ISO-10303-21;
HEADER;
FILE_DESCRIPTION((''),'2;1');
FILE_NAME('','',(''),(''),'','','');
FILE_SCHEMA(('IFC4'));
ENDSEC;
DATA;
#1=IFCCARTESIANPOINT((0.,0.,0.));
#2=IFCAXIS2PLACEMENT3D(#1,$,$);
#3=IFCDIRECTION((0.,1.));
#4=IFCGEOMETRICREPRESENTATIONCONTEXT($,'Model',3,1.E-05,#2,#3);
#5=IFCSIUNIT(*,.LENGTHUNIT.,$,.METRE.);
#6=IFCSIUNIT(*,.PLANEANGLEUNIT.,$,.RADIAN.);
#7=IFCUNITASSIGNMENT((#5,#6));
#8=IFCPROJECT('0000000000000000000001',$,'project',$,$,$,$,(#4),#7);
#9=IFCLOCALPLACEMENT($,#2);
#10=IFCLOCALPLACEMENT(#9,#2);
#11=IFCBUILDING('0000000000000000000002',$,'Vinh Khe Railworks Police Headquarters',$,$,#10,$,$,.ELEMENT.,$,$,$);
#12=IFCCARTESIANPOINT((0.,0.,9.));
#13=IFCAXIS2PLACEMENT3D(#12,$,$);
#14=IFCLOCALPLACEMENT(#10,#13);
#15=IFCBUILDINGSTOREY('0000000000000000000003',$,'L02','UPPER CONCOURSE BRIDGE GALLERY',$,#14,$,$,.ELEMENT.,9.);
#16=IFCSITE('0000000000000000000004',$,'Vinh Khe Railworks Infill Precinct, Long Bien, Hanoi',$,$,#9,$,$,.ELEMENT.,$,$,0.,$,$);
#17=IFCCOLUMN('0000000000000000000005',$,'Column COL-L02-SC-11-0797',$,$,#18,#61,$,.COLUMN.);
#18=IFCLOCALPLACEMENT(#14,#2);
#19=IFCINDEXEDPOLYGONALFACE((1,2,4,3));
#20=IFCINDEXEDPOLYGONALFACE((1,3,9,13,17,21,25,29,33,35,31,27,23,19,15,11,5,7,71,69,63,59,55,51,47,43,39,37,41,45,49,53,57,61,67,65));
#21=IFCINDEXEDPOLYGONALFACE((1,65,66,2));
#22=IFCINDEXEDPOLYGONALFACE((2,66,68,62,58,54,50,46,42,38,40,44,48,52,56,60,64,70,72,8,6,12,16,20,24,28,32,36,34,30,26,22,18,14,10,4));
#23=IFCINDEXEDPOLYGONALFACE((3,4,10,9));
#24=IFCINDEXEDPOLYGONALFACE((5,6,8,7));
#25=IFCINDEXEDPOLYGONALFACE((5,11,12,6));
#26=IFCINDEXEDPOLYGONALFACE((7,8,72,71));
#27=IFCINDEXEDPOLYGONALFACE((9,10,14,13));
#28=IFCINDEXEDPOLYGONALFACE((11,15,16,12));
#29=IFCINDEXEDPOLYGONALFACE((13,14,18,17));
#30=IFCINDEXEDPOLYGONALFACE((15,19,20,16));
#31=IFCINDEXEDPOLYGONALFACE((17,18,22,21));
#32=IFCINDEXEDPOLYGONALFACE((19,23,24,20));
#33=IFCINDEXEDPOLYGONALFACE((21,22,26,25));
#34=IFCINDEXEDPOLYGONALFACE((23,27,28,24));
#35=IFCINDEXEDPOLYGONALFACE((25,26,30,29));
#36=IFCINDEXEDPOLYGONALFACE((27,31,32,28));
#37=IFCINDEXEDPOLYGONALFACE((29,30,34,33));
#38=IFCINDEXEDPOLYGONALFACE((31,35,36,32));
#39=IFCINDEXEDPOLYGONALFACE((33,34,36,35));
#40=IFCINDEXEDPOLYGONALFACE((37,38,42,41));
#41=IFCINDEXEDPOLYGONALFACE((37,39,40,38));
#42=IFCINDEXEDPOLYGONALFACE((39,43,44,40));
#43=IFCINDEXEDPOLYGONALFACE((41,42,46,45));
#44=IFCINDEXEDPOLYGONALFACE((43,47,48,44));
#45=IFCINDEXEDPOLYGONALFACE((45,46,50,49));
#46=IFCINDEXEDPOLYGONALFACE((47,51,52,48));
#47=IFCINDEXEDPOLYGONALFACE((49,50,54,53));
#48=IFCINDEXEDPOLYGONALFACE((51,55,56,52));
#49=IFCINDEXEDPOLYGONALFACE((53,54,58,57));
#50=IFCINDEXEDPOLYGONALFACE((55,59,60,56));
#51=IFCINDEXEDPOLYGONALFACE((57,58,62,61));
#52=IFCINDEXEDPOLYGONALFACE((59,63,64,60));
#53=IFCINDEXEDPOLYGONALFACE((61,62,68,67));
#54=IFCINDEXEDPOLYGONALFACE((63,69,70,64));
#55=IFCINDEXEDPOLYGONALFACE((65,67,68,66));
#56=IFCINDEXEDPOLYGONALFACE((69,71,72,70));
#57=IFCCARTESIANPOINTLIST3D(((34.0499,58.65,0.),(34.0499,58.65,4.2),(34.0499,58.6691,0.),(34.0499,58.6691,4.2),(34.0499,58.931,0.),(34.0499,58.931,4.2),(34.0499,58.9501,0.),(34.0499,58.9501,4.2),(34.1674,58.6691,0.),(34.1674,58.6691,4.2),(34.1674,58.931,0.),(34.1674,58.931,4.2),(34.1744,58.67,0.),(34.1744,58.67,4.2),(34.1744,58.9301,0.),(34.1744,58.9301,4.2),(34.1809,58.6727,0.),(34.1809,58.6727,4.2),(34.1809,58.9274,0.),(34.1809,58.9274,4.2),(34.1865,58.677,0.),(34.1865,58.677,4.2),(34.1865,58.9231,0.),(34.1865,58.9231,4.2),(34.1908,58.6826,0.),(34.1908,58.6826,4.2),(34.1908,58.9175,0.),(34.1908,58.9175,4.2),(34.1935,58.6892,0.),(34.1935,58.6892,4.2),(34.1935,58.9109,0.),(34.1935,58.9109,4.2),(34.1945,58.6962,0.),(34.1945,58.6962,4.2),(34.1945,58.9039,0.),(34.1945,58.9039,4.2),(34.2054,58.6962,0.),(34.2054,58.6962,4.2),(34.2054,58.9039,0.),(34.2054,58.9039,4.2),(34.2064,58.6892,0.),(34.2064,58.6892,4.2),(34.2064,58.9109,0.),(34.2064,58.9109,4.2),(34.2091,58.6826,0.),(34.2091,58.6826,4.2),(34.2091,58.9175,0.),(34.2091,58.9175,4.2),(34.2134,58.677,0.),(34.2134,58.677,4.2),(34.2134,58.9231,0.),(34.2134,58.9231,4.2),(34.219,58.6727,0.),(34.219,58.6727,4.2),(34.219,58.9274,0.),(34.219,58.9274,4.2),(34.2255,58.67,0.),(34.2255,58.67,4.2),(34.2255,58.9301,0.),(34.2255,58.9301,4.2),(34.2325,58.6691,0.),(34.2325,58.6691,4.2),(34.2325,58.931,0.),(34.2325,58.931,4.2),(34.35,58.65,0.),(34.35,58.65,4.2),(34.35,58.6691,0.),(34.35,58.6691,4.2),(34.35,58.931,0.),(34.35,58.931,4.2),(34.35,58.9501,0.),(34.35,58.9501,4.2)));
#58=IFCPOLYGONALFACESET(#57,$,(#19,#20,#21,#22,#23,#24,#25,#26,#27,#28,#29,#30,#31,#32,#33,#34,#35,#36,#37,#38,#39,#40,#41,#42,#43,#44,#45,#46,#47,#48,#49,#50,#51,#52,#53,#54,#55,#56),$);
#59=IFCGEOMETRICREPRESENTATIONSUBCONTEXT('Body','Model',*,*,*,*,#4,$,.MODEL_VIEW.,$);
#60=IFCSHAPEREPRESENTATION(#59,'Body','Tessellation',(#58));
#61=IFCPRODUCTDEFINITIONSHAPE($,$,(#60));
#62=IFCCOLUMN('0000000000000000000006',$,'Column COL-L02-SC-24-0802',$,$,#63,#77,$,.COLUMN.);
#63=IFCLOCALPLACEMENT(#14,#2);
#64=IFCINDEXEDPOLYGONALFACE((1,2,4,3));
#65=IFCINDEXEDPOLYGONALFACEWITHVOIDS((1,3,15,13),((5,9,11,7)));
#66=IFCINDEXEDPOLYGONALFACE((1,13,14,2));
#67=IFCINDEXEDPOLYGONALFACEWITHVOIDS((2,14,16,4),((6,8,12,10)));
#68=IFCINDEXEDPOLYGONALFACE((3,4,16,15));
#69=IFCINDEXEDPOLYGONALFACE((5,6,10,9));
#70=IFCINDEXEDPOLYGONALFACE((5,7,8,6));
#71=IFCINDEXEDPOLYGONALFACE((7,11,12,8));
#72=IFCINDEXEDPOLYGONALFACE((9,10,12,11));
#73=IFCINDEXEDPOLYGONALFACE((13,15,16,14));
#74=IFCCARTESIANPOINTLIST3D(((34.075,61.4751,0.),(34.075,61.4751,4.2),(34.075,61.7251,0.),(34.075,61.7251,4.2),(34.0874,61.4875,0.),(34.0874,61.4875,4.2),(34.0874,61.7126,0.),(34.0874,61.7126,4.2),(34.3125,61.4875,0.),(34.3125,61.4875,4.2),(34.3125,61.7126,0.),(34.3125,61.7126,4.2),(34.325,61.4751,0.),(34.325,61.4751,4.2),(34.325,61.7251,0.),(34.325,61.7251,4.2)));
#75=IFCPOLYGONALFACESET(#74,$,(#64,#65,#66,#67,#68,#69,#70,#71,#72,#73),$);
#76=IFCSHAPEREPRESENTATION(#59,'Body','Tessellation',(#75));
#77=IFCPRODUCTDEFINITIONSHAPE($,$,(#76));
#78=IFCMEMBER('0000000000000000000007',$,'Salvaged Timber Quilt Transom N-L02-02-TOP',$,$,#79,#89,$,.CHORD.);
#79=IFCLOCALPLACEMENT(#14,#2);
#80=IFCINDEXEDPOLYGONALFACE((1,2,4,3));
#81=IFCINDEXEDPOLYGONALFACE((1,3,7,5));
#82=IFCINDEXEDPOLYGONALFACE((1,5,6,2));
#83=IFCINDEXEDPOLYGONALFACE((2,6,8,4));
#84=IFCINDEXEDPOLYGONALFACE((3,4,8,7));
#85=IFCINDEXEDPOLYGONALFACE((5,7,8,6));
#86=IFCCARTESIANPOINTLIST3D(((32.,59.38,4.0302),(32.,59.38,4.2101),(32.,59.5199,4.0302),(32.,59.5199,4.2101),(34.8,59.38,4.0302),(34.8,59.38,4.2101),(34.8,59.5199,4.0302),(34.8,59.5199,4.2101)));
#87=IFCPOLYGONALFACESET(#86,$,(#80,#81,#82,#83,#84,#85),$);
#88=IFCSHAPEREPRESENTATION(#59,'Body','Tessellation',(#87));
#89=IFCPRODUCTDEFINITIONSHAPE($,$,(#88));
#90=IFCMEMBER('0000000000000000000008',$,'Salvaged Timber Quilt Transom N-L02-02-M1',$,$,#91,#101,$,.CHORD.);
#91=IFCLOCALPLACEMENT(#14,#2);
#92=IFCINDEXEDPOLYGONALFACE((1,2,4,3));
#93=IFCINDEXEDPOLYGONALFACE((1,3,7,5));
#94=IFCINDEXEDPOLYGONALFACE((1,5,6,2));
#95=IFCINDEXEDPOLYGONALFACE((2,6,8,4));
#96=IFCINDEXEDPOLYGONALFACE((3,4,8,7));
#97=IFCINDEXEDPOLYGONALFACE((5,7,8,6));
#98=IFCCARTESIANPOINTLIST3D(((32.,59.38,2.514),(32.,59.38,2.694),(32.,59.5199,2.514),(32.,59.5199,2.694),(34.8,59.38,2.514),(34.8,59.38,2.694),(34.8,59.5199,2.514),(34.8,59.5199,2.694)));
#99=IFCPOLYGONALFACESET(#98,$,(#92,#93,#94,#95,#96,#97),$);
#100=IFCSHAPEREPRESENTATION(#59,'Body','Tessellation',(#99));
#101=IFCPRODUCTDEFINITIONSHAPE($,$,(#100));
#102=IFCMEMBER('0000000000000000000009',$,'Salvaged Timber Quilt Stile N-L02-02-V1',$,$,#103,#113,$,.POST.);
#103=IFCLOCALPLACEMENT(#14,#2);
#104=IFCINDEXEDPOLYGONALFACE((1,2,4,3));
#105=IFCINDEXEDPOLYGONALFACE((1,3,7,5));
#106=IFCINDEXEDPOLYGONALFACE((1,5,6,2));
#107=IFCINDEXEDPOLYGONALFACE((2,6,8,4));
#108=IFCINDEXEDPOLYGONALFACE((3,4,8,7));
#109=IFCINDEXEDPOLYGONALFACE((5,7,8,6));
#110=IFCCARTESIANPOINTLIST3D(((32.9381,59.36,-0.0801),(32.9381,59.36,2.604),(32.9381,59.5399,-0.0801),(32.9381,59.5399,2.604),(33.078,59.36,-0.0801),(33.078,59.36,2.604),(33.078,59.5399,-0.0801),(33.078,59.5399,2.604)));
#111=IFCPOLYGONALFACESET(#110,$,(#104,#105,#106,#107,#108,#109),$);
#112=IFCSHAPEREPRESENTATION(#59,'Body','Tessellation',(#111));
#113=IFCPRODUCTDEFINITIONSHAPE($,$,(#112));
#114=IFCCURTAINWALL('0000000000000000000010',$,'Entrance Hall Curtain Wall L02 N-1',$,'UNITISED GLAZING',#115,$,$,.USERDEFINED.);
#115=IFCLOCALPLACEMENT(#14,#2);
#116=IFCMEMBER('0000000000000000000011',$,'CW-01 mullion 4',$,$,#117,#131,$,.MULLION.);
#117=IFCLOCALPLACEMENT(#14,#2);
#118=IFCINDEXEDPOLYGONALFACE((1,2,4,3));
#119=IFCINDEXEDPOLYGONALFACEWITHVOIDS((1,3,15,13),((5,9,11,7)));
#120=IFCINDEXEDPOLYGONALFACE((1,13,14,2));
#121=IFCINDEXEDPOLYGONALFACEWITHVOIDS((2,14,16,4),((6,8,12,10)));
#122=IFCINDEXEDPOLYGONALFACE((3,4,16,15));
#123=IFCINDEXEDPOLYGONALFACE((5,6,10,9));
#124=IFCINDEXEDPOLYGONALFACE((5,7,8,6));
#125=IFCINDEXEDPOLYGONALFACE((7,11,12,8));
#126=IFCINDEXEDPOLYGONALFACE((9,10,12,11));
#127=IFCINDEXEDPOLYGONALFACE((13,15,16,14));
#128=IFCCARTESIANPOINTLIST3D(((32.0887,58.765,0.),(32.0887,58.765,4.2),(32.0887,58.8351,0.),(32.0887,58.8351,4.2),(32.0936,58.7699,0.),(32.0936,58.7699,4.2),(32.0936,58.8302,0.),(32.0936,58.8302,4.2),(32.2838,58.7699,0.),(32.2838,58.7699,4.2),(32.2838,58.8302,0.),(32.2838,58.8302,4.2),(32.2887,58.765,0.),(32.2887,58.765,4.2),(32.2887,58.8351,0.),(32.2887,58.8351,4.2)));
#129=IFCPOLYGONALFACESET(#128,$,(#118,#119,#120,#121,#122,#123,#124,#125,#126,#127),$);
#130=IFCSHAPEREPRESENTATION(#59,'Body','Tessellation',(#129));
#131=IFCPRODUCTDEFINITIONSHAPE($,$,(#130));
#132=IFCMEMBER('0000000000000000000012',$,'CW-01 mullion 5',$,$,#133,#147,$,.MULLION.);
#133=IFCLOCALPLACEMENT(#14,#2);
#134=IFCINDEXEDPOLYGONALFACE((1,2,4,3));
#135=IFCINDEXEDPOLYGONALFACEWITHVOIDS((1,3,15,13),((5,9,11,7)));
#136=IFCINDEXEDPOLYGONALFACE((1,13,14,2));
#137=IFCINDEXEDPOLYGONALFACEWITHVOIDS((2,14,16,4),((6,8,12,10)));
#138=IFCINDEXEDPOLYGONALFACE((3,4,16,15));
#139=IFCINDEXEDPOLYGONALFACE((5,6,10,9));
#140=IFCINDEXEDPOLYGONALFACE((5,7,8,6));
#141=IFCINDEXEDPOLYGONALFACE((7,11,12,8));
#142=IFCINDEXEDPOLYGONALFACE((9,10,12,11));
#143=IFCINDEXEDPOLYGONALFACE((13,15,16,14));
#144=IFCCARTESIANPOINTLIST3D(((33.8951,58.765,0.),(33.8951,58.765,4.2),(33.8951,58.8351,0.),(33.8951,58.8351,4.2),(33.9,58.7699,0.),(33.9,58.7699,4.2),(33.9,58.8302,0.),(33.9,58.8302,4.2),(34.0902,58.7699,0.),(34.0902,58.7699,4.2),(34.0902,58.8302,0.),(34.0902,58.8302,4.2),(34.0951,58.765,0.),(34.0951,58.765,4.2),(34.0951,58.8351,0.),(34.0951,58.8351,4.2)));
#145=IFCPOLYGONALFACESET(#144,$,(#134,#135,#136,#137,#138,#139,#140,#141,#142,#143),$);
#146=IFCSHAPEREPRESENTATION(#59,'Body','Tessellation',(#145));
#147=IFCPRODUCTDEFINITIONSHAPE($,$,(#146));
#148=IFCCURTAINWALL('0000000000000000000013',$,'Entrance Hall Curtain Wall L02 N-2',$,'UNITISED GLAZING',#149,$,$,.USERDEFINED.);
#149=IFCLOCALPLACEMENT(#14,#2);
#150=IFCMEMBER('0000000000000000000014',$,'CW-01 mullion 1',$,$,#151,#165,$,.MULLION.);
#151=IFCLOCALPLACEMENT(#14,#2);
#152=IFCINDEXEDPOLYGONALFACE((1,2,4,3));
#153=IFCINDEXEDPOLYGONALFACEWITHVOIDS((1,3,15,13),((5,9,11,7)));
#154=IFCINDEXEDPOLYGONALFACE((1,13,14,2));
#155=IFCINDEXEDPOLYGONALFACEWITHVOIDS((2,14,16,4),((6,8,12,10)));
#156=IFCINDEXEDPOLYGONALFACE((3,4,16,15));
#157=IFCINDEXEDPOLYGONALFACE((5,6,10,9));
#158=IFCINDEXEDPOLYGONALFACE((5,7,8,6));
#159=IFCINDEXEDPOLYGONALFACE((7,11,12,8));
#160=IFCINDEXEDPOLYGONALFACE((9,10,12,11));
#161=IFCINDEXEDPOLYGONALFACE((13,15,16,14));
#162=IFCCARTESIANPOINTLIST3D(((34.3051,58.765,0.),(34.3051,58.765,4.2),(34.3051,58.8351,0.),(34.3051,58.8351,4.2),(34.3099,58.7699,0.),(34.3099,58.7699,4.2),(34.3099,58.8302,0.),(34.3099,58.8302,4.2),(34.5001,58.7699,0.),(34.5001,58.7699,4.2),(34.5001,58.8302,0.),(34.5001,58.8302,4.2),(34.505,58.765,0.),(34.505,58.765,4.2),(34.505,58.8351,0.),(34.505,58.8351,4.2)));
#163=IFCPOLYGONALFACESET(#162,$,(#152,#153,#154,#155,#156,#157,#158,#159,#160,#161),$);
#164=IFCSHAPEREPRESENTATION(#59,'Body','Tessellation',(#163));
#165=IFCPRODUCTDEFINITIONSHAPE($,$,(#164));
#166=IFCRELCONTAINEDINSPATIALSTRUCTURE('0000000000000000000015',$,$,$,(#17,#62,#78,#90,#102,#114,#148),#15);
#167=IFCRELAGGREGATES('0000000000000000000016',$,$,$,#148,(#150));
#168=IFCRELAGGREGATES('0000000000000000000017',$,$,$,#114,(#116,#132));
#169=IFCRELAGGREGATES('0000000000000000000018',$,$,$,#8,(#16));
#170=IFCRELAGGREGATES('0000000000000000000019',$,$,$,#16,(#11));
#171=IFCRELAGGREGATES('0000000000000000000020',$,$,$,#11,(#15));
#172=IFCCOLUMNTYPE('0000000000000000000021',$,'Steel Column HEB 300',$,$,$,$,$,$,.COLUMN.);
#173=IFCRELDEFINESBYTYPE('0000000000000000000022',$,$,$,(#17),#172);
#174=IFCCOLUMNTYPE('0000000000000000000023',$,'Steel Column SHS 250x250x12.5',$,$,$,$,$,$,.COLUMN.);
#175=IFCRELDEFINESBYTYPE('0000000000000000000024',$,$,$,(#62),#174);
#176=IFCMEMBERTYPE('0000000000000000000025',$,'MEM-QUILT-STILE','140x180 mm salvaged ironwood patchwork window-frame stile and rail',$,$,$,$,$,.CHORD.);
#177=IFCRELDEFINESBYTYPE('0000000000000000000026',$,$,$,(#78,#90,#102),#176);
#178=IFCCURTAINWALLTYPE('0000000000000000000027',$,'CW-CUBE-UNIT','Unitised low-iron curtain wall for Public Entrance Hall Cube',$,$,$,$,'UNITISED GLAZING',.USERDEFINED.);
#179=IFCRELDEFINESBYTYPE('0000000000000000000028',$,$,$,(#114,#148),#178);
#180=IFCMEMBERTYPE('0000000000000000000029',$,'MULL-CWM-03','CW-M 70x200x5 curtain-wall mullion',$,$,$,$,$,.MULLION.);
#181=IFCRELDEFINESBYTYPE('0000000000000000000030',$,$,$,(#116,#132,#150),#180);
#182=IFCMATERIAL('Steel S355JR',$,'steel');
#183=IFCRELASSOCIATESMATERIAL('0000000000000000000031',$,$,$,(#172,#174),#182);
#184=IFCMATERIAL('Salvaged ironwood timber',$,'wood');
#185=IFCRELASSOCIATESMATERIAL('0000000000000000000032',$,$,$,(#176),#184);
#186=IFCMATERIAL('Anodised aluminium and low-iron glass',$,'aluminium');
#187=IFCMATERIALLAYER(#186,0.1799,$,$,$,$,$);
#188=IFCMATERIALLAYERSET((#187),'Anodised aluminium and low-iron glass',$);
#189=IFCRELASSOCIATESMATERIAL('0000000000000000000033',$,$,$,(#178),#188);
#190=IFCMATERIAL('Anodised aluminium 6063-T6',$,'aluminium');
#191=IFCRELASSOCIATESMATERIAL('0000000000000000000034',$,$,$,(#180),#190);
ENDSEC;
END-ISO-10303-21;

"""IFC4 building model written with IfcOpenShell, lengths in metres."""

from ifc_helpers import new_model, si_unit, direction, frame, origin, origin_2d, place, context, subcontext, project, spatial, rectangle, hollow_rectangle, i_section, extrude, material, layer, layer_set, material_profile, profile_set, type_object, element, aggregate, save


model = new_model("IFC4")

# Units and contexts
model_context = context("Model", 3, precision=1e-05, world=origin(), true_north=direction((0.0, 1.0)))
body_context = subcontext(model_context, "Body", "Model", "MODEL_VIEW")
ifc_project = project(units=[si_unit("LENGTHUNIT", "METRE"), si_unit("PLANEANGLEUNIT", "RADIAN")], contexts=[model_context])

# Site, building, storey
site_placement = place(None, origin())
site = spatial("IfcSite", under=ifc_project, at=site_placement, Name="Vinh Khe Railworks Infill Precinct, Long Bien, Hanoi", CompositionType="ELEMENT", RefElevation=0.0)
building_placement = place(site_placement, origin())
building = spatial("IfcBuilding", under=site, at=building_placement, Name="Vinh Khe Railworks Police Headquarters", CompositionType="ELEMENT")
storey_placement = place(building_placement, frame((0.0, 0.0, 9.0)))
storey = spatial("IfcBuildingStorey", under=building, at=storey_placement, Name="L02", Description="UPPER CONCOURSE BRIDGE GALLERY", CompositionType="ELEMENT", Elevation=9.0)

# Columns
ifc_material_1 = material(Name="Steel S355JR", Category="steel")
ifc_material_profile_1 = material_profile(ifc_material_1, i_section(OverallWidth=0.3, OverallDepth=0.3, WebThickness=0.011, FlangeThickness=0.019, FilletRadius=0.0271, at=origin_2d()), Name="HEB 300")
ifc_profile_set_1 = profile_set([ifc_material_profile_1], Name="Steel S355JR")
column_type_1 = type_object("IfcColumnType", Name="Steel Column HEB 300", PredefinedType="COLUMN", material=ifc_profile_set_1)
column_1_placement = place(storey_placement, frame((34.2, 58.8, 0.0), z_axis=(0.0, 0.0, 1.0), x_axis=(1.0, 0.0, 0.0)))
element("IfcColumn", 1, at=column_1_placement, inside=storey, type_object=column_type_1, Name="Column COL-L02-SC-11-0797", PredefinedType="COLUMN", context=body_context, shape_type="SweptSolid", body=[
    extrude(i_section(OverallWidth=0.3, OverallDepth=0.3, WebThickness=0.011, FlangeThickness=0.019, FilletRadius=0.0271, at=origin_2d()), origin(), (0.0, 0.0, 1.0), 4.2),
])
ifc_material_profile_2 = material_profile(ifc_material_1, hollow_rectangle(XDim=0.25, YDim=0.25, WallThickness=0.0125, at=origin_2d()), Name="SHS 250x250x12.5")
ifc_profile_set_2 = profile_set([ifc_material_profile_2], Name="Steel S355JR")
column_type_2 = type_object("IfcColumnType", Name="Steel Column SHS 250x250x12.5", PredefinedType="COLUMN", material=ifc_profile_set_2)
column_2_placement = place(storey_placement, frame((34.2, 61.6001, 0.0), z_axis=(0.0, 0.0, 1.0), x_axis=(1.0, 0.0, 0.0)))
element("IfcColumn", 2, at=column_2_placement, inside=storey, type_object=column_type_2, Name="Column COL-L02-SC-24-0802", PredefinedType="COLUMN", context=body_context, shape_type="SweptSolid", body=[
    extrude(hollow_rectangle(XDim=0.25, YDim=0.25, WallThickness=0.0125, at=origin_2d()), origin(), (0.0, 0.0, 1.0), 4.2),
])

# Members
ifc_material_2 = material(Name="Salvaged ironwood timber", Category="wood")
ifc_material_profile_3 = material_profile(ifc_material_2, rectangle(XDim=0.1399, YDim=0.1799, at=origin_2d()), Name="TIMBER 140x180")
ifc_profile_set_3 = profile_set([ifc_material_profile_3], Name="Salvaged ironwood timber")
member_type_1 = type_object("IfcMemberType", Name="MEM-QUILT-STILE", Description="140x180 mm salvaged ironwood patchwork window-frame stile and rail", PredefinedType="CHORD", material=ifc_profile_set_3)
for number, where, z_axis, x_axis, name in (
    (3, (32.0, 59.45, 4.1201), (1.0, 0.0, 0.0), (0.0, 1.0, 0.0), "Salvaged Timber Quilt Transom N-L02-02-TOP"),
    (4, (32.0, 59.45, 2.604), (1.0, 0.0, 0.0), (0.0, 1.0, 0.0), "Salvaged Timber Quilt Transom N-L02-02-M1"),
):
    element("IfcMember", number, at=place(storey_placement, frame(where, z_axis=z_axis, x_axis=x_axis)), inside=storey, type_object=member_type_1, Name=name, PredefinedType="CHORD", context=body_context, shape_type="SweptSolid", body=[
        extrude(rectangle(XDim=0.1399, YDim=0.1799, at=origin_2d()), origin(), (0.0, 0.0, 1.0), 2.8),
    ])
member_1_placement = place(storey_placement, frame((33.0081, 59.45, -0.0801), z_axis=(0.0, 0.0, 1.0), x_axis=(1.0, 0.0, 0.0)))
element("IfcMember", 5, at=member_1_placement, inside=storey, type_object=member_type_1, Name="Salvaged Timber Quilt Stile N-L02-02-V1", PredefinedType="POST", context=body_context, shape_type="SweptSolid", body=[
    extrude(rectangle(XDim=0.1399, YDim=0.1799, at=origin_2d()), origin(), (0.0, 0.0, 1.0), 2.6841),
])

# Curtain wall, members
ifc_material_3 = material(Name="Anodised aluminium and low-iron glass", Category="aluminium")
ifc_layer_1 = layer(ifc_material_3, 0.1799)
ifc_layer_set_1 = layer_set([ifc_layer_1], Name="Anodised aluminium and low-iron glass")
curtain_wall_type = type_object("IfcCurtainWallType", Name="CW-CUBE-UNIT", Description="Unitised low-iron curtain wall for Public Entrance Hall Cube", ElementType="UNITISED GLAZING", PredefinedType="USERDEFINED", material=ifc_layer_set_1)
curtain_wall_1_placement = place(storey_placement, origin())
curtain_wall_1 = element("IfcCurtainWall", 6, at=curtain_wall_1_placement, inside=storey, type_object=curtain_wall_type, Name="Entrance Hall Curtain Wall L02 N-1", ObjectType="UNITISED GLAZING", PredefinedType="USERDEFINED")
ifc_material_4 = material(Name="Anodised aluminium 6063-T6", Category="aluminium")
ifc_material_profile_4 = material_profile(ifc_material_4, hollow_rectangle(XDim=0.0701, YDim=0.2, WallThickness=0.0049, at=origin_2d()), Name="CW-M 70x200x5")
ifc_profile_set_4 = profile_set([ifc_material_profile_4], Name="Anodised aluminium 6063-T6")
member_type_2 = type_object("IfcMemberType", Name="MULL-CWM-03", Description="CW-M 70x200x5 curtain-wall mullion", PredefinedType="MULLION", material=ifc_profile_set_4)
member_2_placement = place(storey_placement, frame((32.1887, 58.8, 0.0), z_axis=(0.0, 0.0, 1.0), x_axis=(0.0, 1.0, 0.0)))
member_2 = element("IfcMember", 7, at=member_2_placement, type_object=member_type_2, Name="CW-01 mullion 4", PredefinedType="MULLION", context=body_context, shape_type="SweptSolid", body=[
    extrude(hollow_rectangle(XDim=0.0701, YDim=0.2, WallThickness=0.0049, at=origin_2d()), origin(), (0.0, 0.0, 1.0), 4.2),
])
member_3_placement = place(storey_placement, frame((33.9951, 58.8, 0.0), z_axis=(0.0, 0.0, 1.0), x_axis=(0.0, 1.0, 0.0)))
member_3 = element("IfcMember", 8, at=member_3_placement, type_object=member_type_2, Name="CW-01 mullion 5", PredefinedType="MULLION", context=body_context, shape_type="SweptSolid", body=[
    extrude(hollow_rectangle(XDim=0.0701, YDim=0.2, WallThickness=0.0049, at=origin_2d()), origin(), (0.0, 0.0, 1.0), 4.2),
])

# Curtain wall, member
curtain_wall_2_placement = place(storey_placement, origin())
curtain_wall_2 = element("IfcCurtainWall", 9, at=curtain_wall_2_placement, inside=storey, type_object=curtain_wall_type, Name="Entrance Hall Curtain Wall L02 N-2", ObjectType="UNITISED GLAZING", PredefinedType="USERDEFINED")
member_4_placement = place(storey_placement, frame((34.405, 58.8, 0.0), z_axis=(0.0, 0.0, 1.0), x_axis=(0.0, 1.0, 0.0)))
member_4 = element("IfcMember", 10, at=member_4_placement, type_object=member_type_2, Name="CW-01 mullion 1", PredefinedType="MULLION", context=body_context, shape_type="SweptSolid", body=[
    extrude(hollow_rectangle(XDim=0.0701, YDim=0.2, WallThickness=0.0049, at=origin_2d()), origin(), (0.0, 0.0, 1.0), 4.2),
])

aggregate(curtain_wall_2, [member_4])

aggregate(curtain_wall_1, [member_2, member_3])

save(model, "model.ifc")
